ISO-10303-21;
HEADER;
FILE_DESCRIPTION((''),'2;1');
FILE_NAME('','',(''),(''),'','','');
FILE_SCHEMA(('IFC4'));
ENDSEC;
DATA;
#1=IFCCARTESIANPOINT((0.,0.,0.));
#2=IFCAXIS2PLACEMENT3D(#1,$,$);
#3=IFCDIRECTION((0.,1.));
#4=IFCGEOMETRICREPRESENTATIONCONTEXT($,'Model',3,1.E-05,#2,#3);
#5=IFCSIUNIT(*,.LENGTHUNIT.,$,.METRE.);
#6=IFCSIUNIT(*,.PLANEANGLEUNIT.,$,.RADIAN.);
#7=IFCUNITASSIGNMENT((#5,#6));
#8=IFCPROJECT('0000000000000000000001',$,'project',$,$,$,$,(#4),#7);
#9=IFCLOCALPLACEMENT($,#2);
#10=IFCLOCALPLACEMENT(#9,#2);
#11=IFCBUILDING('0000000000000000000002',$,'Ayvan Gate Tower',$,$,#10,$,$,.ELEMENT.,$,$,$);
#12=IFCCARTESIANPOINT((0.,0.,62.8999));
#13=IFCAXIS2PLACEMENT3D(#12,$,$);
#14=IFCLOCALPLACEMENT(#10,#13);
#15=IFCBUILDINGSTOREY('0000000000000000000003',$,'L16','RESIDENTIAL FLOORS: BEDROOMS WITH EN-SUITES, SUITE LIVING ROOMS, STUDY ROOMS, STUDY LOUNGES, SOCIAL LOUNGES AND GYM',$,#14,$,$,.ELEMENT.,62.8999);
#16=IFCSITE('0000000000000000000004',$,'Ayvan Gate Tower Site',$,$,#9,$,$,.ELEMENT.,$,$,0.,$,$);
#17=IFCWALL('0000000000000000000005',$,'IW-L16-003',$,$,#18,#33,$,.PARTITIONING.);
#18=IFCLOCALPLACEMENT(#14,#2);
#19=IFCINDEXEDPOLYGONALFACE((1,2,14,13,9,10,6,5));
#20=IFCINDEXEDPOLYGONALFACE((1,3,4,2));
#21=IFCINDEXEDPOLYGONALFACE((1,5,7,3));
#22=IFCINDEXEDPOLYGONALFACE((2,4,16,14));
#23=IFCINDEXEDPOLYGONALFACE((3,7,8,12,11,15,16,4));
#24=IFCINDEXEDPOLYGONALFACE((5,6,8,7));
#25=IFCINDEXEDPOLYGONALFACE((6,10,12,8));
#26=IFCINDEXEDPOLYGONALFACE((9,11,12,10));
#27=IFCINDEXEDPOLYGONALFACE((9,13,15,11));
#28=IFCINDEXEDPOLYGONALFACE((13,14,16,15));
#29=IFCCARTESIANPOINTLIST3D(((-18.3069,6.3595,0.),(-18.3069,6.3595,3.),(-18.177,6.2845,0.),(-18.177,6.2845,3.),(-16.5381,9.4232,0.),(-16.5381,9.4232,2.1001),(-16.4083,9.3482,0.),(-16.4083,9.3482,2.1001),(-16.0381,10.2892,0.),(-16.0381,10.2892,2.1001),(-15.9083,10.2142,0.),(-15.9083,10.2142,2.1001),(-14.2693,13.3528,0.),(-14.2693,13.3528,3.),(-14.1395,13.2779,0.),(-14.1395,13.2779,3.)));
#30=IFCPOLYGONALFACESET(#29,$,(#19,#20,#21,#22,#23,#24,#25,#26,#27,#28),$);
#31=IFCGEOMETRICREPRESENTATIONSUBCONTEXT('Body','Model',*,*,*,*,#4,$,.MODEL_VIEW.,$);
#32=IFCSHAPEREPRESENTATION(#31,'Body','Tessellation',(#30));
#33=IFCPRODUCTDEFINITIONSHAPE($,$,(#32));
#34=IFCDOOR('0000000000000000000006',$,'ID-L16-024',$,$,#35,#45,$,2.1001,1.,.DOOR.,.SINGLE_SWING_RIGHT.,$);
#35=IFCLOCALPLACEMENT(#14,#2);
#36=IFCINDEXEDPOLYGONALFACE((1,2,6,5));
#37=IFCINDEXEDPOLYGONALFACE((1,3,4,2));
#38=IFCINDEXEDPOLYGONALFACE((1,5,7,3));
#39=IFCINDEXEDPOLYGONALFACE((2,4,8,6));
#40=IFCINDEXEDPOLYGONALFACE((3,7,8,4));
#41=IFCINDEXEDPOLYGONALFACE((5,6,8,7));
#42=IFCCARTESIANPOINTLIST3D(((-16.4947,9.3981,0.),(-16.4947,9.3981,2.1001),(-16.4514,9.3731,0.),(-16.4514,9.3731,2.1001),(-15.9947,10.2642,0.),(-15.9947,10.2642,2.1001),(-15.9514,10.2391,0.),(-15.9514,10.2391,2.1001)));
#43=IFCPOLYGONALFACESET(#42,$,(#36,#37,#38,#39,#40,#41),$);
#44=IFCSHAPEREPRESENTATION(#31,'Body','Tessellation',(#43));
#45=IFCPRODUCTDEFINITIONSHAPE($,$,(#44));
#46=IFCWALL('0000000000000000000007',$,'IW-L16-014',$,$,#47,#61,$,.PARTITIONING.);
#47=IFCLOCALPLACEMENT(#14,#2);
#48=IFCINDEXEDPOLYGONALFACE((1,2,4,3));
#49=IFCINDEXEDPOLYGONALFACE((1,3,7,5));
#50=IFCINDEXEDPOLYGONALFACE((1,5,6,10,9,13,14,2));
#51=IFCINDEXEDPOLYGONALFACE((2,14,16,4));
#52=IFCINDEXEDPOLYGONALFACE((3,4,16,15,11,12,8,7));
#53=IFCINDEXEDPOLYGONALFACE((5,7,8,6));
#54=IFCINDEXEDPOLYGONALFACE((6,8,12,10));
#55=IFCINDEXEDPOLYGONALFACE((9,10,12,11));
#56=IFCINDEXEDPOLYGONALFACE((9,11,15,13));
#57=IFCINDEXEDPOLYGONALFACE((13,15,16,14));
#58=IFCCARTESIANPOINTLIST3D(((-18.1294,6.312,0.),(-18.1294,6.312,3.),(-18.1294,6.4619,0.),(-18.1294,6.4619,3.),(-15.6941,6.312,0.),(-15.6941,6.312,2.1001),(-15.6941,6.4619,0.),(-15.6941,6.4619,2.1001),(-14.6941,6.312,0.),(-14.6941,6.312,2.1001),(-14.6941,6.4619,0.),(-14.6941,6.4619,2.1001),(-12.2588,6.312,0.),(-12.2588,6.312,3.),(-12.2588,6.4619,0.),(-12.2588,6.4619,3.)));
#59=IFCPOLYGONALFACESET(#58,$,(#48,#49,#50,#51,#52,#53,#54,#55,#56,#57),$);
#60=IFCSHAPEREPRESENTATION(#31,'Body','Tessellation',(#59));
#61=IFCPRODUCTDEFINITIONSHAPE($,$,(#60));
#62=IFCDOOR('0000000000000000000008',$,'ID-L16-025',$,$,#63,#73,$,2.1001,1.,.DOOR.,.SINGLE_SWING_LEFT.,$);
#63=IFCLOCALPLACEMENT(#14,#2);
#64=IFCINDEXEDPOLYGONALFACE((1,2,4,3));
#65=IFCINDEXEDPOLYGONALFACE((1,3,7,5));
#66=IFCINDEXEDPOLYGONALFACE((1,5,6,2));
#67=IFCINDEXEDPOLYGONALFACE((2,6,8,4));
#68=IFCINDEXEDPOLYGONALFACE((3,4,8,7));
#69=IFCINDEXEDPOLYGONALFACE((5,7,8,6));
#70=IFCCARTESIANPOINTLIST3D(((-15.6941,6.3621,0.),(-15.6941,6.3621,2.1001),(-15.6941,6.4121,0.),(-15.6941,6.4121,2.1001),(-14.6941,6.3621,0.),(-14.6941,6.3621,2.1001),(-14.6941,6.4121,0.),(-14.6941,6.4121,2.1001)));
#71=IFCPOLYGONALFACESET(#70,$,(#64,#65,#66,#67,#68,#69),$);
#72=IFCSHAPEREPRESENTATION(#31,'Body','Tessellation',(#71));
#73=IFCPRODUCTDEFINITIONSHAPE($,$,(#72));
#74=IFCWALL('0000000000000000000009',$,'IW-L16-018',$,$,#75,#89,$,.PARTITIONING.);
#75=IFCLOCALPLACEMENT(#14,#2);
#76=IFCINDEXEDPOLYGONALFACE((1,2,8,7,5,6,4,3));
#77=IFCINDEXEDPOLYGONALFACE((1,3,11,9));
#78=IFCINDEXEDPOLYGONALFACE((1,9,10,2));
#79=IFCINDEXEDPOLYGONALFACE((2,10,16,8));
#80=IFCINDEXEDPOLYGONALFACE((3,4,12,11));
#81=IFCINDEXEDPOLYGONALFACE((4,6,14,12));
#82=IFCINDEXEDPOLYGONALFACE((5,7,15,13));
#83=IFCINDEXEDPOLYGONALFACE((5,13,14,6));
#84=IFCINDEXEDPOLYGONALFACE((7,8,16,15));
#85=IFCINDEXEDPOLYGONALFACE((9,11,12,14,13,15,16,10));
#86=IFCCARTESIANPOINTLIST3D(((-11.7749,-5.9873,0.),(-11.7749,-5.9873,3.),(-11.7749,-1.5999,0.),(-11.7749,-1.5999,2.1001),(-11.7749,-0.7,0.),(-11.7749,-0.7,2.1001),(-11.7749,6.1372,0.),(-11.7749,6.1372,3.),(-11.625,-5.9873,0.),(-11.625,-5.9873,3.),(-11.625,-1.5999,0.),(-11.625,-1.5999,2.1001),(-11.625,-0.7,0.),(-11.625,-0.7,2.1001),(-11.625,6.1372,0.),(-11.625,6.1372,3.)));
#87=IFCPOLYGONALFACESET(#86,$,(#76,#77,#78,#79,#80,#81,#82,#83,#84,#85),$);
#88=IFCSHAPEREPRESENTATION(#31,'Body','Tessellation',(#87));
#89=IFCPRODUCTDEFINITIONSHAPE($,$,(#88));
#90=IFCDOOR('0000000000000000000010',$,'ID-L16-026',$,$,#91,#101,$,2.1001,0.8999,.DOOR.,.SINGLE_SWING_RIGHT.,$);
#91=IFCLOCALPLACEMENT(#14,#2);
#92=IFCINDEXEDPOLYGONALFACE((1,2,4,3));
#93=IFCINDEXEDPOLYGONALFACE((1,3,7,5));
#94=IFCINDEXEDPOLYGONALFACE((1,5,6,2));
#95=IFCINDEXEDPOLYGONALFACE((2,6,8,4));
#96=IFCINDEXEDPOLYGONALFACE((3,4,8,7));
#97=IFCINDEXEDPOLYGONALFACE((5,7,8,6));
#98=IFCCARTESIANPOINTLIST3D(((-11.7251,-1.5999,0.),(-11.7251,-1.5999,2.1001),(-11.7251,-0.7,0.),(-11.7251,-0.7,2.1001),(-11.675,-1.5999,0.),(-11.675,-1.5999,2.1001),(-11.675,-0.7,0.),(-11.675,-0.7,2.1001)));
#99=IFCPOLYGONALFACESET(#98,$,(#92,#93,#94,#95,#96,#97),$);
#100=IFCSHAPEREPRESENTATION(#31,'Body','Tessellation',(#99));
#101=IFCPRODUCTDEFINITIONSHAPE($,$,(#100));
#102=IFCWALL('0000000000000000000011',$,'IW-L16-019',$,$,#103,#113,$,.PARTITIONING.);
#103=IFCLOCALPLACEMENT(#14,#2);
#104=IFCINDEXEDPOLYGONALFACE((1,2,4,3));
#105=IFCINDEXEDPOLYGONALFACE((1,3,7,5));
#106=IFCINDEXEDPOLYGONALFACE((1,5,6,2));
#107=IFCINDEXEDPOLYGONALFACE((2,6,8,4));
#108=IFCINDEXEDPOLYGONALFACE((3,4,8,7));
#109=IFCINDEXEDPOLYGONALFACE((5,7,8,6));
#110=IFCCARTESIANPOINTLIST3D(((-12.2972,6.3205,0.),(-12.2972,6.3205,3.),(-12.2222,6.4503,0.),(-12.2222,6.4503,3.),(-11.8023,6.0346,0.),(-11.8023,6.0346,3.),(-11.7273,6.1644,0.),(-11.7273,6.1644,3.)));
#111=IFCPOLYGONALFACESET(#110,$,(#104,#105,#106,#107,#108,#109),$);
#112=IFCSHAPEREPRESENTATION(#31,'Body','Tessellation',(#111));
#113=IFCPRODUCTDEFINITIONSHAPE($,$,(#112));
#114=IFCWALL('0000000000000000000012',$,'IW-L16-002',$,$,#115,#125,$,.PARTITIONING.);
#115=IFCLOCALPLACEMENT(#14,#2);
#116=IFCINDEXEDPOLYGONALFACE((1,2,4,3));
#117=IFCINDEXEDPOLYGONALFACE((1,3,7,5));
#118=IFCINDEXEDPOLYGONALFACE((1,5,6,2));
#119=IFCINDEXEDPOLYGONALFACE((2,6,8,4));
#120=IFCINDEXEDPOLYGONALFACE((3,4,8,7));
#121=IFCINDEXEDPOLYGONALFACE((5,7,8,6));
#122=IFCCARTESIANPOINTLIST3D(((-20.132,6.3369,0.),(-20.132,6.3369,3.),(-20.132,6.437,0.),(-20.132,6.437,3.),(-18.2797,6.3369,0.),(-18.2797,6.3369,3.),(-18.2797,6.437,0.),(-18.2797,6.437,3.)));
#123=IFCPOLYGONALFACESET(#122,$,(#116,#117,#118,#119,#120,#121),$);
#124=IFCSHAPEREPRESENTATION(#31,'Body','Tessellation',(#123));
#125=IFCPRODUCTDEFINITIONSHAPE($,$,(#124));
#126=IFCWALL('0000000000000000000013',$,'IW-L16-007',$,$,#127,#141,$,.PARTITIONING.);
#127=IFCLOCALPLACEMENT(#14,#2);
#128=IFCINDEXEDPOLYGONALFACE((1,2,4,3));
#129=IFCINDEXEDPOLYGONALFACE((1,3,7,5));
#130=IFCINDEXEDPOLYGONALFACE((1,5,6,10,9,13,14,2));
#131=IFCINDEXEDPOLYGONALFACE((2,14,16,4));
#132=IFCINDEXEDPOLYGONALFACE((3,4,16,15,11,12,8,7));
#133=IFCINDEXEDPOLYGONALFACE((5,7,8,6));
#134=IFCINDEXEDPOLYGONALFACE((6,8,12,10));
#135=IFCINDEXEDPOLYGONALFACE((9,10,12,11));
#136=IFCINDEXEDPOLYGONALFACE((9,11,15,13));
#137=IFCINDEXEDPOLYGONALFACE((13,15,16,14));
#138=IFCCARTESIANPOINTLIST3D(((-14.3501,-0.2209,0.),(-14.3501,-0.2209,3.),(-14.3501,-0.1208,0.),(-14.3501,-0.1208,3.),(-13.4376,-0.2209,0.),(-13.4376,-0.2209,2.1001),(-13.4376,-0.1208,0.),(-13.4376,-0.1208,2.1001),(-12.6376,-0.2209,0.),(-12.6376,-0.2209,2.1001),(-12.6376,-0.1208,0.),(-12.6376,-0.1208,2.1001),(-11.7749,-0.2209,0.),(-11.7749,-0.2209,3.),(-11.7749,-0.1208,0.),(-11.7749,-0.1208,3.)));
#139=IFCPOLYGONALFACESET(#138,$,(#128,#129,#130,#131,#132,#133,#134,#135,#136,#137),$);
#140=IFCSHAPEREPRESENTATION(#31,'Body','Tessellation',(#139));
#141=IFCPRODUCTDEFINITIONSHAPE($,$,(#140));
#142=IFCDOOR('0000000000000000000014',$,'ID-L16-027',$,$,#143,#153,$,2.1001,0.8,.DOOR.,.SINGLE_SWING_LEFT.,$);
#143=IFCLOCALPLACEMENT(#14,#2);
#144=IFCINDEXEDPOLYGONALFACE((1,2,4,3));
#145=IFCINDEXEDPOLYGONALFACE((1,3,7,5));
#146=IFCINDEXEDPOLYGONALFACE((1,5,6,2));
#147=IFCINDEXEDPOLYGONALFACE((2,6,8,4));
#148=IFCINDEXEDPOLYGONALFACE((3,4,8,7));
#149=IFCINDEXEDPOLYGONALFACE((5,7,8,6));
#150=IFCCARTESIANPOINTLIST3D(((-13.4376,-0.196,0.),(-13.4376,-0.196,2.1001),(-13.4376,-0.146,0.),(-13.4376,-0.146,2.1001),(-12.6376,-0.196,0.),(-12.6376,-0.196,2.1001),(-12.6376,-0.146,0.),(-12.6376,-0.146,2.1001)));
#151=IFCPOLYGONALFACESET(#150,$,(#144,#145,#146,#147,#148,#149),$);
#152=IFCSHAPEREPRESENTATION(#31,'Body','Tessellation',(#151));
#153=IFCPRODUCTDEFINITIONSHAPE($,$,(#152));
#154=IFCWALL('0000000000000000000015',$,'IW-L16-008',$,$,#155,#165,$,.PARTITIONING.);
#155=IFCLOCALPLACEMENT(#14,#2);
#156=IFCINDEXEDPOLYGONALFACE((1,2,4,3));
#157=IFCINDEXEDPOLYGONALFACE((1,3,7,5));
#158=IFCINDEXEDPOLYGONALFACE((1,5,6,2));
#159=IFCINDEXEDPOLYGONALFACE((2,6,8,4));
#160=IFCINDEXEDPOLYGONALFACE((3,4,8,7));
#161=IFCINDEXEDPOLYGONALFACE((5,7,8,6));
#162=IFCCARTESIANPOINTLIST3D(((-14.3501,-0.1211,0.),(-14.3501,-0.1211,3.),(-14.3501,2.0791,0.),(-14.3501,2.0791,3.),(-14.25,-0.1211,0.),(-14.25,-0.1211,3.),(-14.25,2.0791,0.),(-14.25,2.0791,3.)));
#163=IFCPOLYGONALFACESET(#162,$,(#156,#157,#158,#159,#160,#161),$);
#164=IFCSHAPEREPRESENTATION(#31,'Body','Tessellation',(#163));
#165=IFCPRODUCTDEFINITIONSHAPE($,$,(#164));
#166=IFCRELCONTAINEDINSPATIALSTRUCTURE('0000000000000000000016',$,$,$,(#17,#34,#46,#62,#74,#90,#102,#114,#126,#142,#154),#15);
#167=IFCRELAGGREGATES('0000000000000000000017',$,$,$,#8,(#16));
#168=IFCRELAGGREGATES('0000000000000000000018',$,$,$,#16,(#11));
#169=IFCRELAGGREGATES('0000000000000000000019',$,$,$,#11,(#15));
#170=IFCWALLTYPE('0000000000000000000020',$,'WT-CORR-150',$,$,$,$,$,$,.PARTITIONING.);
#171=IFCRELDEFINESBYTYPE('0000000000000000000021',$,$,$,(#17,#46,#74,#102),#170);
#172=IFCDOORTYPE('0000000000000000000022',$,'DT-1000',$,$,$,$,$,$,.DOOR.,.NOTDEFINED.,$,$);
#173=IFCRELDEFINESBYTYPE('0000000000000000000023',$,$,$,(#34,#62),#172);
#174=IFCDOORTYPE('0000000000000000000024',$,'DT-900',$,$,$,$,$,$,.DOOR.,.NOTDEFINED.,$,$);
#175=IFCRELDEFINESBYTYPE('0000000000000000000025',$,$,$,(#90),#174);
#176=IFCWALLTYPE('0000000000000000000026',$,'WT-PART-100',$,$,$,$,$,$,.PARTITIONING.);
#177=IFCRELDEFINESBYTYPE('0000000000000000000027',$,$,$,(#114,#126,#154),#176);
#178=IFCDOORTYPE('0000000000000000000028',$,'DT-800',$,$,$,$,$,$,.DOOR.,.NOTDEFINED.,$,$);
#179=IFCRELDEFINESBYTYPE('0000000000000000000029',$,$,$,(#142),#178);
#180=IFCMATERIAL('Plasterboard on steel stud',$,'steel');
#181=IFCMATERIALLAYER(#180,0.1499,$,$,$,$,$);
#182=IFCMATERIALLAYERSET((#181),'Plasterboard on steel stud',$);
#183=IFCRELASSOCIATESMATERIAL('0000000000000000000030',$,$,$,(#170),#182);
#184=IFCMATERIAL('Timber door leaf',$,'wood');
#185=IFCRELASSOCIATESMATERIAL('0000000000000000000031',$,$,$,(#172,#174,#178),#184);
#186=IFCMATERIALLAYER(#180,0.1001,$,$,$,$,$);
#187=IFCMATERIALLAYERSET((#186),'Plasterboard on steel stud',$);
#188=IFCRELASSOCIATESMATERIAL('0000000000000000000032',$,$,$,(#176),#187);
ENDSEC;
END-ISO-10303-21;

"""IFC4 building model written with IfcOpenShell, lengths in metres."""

from ifc_helpers import new_model, si_unit, direction, frame, frame_2d, origin, place, context, subcontext, project, spatial, rectangle, extrude, material, layer, layer_set, type_object, element, fill, save


model = new_model("IFC4")

# Units and contexts
model_context = context("Model", 3, precision=1e-05, world=origin(), true_north=direction((0.0, 1.0)))
body_context = subcontext(model_context, "Body", "Model", "MODEL_VIEW")
ifc_project = project(units=[si_unit("LENGTHUNIT", "METRE"), si_unit("PLANEANGLEUNIT", "RADIAN")], contexts=[model_context])

# Site, building, storey
site_placement = place(None, origin())
site = spatial("IfcSite", under=ifc_project, at=site_placement, Name="Ayvan Gate Tower Site", CompositionType="ELEMENT", RefElevation=0.0)
building_placement = place(site_placement, origin())
building = spatial("IfcBuilding", under=site, at=building_placement, Name="Ayvan Gate Tower", CompositionType="ELEMENT")
storey_placement = place(building_placement, frame((0.0, 0.0, 62.8999)))
storey = spatial("IfcBuildingStorey", under=building, at=storey_placement, Name="L16", Description="RESIDENTIAL FLOORS: BEDROOMS WITH EN-SUITES, SUITE LIVING ROOMS, STUDY ROOMS, STUDY LOUNGES, SOCIAL LOUNGES AND GYM", CompositionType="ELEMENT", Elevation=62.8999)

# Walls, openings, doors
ifc_material_1 = material(Name="Plasterboard on steel stud", Category="steel")
ifc_layer_1 = layer(ifc_material_1, 0.1499)
ifc_layer_set_1 = layer_set([ifc_layer_1], Name="Plasterboard on steel stud")
wall_type_1 = type_object("IfcWallType", Name="WT-CORR-150", PredefinedType="PARTITIONING", material=ifc_layer_set_1)
wall_1_placement = place(storey_placement, frame((-18.2419, 6.322, 0.0), z_axis=(0.0, 0.0, 1.0), x_axis=(0.499995, 0.866028, 0.0)))
wall_1 = element("IfcWall", 1, at=wall_1_placement, inside=storey, type_object=wall_type_1, Name="IW-L16-003", PredefinedType="PARTITIONING", context=body_context, shape_type="SweptSolid", body=[
    extrude(rectangle(XDim=8.0752, YDim=0.1499, at=frame_2d((4.0376, 0.0))), origin(), (0.0, 0.0, 1.0), 3.0),
])
opening_1_placement = place(wall_1_placement, frame((3.5376, 0.0, 0.0)))
opening_1 = element("IfcOpeningElement", 2, at=opening_1_placement, cuts=wall_1, PredefinedType="OPENING", context=body_context, shape_type="SweptSolid", body=[
    extrude(rectangle(XDim=1.0, YDim=2.1001, at=frame_2d((0.5, 1.05))), frame((0.0, 0.085, 0.0), z_axis=(0.0, -1.0, 0.0), x_axis=(1.0, 0.0, 0.0)), (0.0, 0.0, 1.0), 0.1699),
])
ifc_material_2 = material(Name="Timber door leaf", Category="wood")
door_type_1 = type_object("IfcDoorType", Name="DT-1000", OperationType="NOTDEFINED", PredefinedType="DOOR", material=ifc_material_2)
door_1_placement = place(opening_1_placement, origin())
door_1 = element("IfcDoor", 3, at=door_1_placement, inside=storey, type_object=door_type_1, Name="ID-L16-024", OperationType="SINGLE_SWING_RIGHT", OverallHeight=2.1001, OverallWidth=1.0, PredefinedType="DOOR", context=body_context, shape_type="SweptSolid", body=[
    extrude(rectangle(XDim=1.0, YDim=2.1001, at=frame_2d((0.5, 1.05))), frame((0.0, 0.0249, 0.0), z_axis=(0.0, -1.0, 0.0), x_axis=(1.0, 0.0, 0.0)), (0.0, 0.0, 1.0), 0.05),
])
fill(opening_1, door_1)
wall_2_placement = place(storey_placement, frame((-12.2588, 6.387, 0.0), z_axis=(0.0, 0.0, 1.0), x_axis=(-1.0, 0.0, 0.0)))
wall_2 = element("IfcWall", 4, at=wall_2_placement, inside=storey, type_object=wall_type_1, Name="IW-L16-014", PredefinedType="PARTITIONING", context=body_context, shape_type="SweptSolid", body=[
    extrude(rectangle(XDim=5.8706, YDim=0.1499, at=frame_2d((2.9353, 0.0))), origin(), (0.0, 0.0, 1.0), 3.0),
])
opening_2_placement = place(wall_2_placement, frame((2.4353, 0.0, 0.0)))
opening_2 = element("IfcOpeningElement", 5, at=opening_2_placement, cuts=wall_2, PredefinedType="OPENING", context=body_context, shape_type="SweptSolid", body=[
    extrude(rectangle(XDim=1.0, YDim=2.1001, at=frame_2d((0.5, 1.05))), frame((0.0, 0.085, 0.0), z_axis=(0.0, -1.0, 0.0), x_axis=(1.0, 0.0, 0.0)), (0.0, 0.0, 1.0), 0.1699),
])
door_2_placement = place(opening_2_placement, origin())
door_2 = element("IfcDoor", 6, at=door_2_placement, inside=storey, type_object=door_type_1, Name="ID-L16-025", OperationType="SINGLE_SWING_LEFT", OverallHeight=2.1001, OverallWidth=1.0, PredefinedType="DOOR", context=body_context, shape_type="SweptSolid", body=[
    extrude(rectangle(XDim=1.0, YDim=2.1001, at=frame_2d((0.5, 1.05))), frame((0.0, 0.0249, 0.0), z_axis=(0.0, -1.0, 0.0), x_axis=(1.0, 0.0, 0.0)), (0.0, 0.0, 1.0), 0.05),
])
fill(opening_2, door_2)
wall_3_placement = place(storey_placement, frame((-11.7, 6.1372, 0.0), z_axis=(0.0, 0.0, 1.0), x_axis=(0.0, -1.0, 0.0)))
wall_3 = element("IfcWall", 7, at=wall_3_placement, inside=storey, type_object=wall_type_1, Name="IW-L16-018", PredefinedType="PARTITIONING", context=body_context, shape_type="SweptSolid", body=[
    extrude(rectangle(XDim=12.1245, YDim=0.1499, at=frame_2d((6.0623, 0.0))), origin(), (0.0, 0.0, 1.0), 3.0),
])
opening_3_placement = place(wall_3_placement, frame((6.8372, 0.0, 0.0)))
opening_3 = element("IfcOpeningElement", 8, at=opening_3_placement, cuts=wall_3, PredefinedType="OPENING", context=body_context, shape_type="SweptSolid", body=[
    extrude(rectangle(XDim=0.8999, YDim=2.1001, at=frame_2d((0.45, 1.05))), frame((0.0, 0.085, 0.0), z_axis=(0.0, -1.0, 0.0), x_axis=(1.0, 0.0, 0.0)), (0.0, 0.0, 1.0), 0.1699),
])
door_type_2 = type_object("IfcDoorType", Name="DT-900", OperationType="NOTDEFINED", PredefinedType="DOOR", material=ifc_material_2)
door_3_placement = place(opening_3_placement, origin())
door_3 = element("IfcDoor", 9, at=door_3_placement, inside=storey, type_object=door_type_2, Name="ID-L16-026", OperationType="SINGLE_SWING_RIGHT", OverallHeight=2.1001, OverallWidth=0.8999, PredefinedType="DOOR", context=body_context, shape_type="SweptSolid", body=[
    extrude(rectangle(XDim=0.8999, YDim=2.1001, at=frame_2d((0.45, 1.05))), frame((0.0, 0.0249, 0.0), z_axis=(0.0, -1.0, 0.0), x_axis=(1.0, 0.0, 0.0)), (0.0, 0.0, 1.0), 0.05),
])
fill(opening_3, door_3)

# Walls
wall_4_placement = place(storey_placement, frame((-11.7649, 6.0996, 0.0), z_axis=(0.0, 0.0, 1.0), x_axis=(-0.865894, 0.500228, 0.0)))
element("IfcWall", 10, at=wall_4_placement, inside=storey, type_object=wall_type_1, Name="IW-L16-019", PredefinedType="PARTITIONING", context=body_context, shape_type="SweptSolid", body=[
    extrude(rectangle(XDim=0.5715, YDim=0.1499, at=frame_2d((0.2856, 0.0))), origin(), (0.0, 0.0, 1.0), 3.0),
])
ifc_layer_2 = layer(ifc_material_1, 0.1001)
ifc_layer_set_2 = layer_set([ifc_layer_2], Name="Plasterboard on steel stud")
wall_type_2 = type_object("IfcWallType", Name="WT-PART-100", PredefinedType="PARTITIONING", material=ifc_layer_set_2)
wall_5_placement = place(storey_placement, frame((-18.2795, 6.387, 0.0), z_axis=(0.0, 0.0, 1.0), x_axis=(-1.0, 0.0, 0.0)))
element("IfcWall", 11, at=wall_5_placement, inside=storey, type_object=wall_type_2, Name="IW-L16-002", PredefinedType="PARTITIONING", context=body_context, shape_type="SweptSolid", body=[
    extrude(rectangle(XDim=1.8523, YDim=0.1001, at=frame_2d((0.9263, 0.0))), origin(), (0.0, 0.0, 1.0), 3.0),
])

# Wall, opening, door
wall_6_placement = place(storey_placement, frame((-14.3501, -0.1709, 0.0), z_axis=(0.0, 0.0, 1.0), x_axis=(1.0, 0.0, 0.0)))
wall_6 = element("IfcWall", 12, at=wall_6_placement, inside=storey, type_object=wall_type_2, Name="IW-L16-007", PredefinedType="PARTITIONING", context=body_context, shape_type="SweptSolid", body=[
    extrude(rectangle(XDim=2.5752, YDim=0.1001, at=frame_2d((1.2876, 0.0))), origin(), (0.0, 0.0, 1.0), 3.0),
])
opening_4_placement = place(wall_6_placement, frame((0.9126, 0.0, 0.0)))
opening_4 = element("IfcOpeningElement", 13, at=opening_4_placement, cuts=wall_6, PredefinedType="OPENING", context=body_context, shape_type="SweptSolid", body=[
    extrude(rectangle(XDim=0.8, YDim=2.1001, at=frame_2d((0.3999, 1.05))), frame((0.0, 0.0601, 0.0), z_axis=(0.0, -1.0, 0.0), x_axis=(1.0, 0.0, 0.0)), (0.0, 0.0, 1.0), 0.1201),
])
door_type_3 = type_object("IfcDoorType", Name="DT-800", OperationType="NOTDEFINED", PredefinedType="DOOR", material=ifc_material_2)
door_4_placement = place(opening_4_placement, origin())
door_4 = element("IfcDoor", 14, at=door_4_placement, inside=storey, type_object=door_type_3, Name="ID-L16-027", OperationType="SINGLE_SWING_LEFT", OverallHeight=2.1001, OverallWidth=0.8, PredefinedType="DOOR", context=body_context, shape_type="SweptSolid", body=[
    extrude(rectangle(XDim=0.8, YDim=2.1001, at=frame_2d((0.3999, 1.05))), frame((0.0, 0.0249, 0.0), z_axis=(0.0, -1.0, 0.0), x_axis=(1.0, 0.0, 0.0)), (0.0, 0.0, 1.0), 0.05),
])
fill(opening_4, door_4)

# Wall
wall_7_placement = place(storey_placement, frame((-14.3, 2.0791, 0.0), z_axis=(0.0, 0.0, 1.0), x_axis=(0.0, -1.0, 0.0)))
element("IfcWall", 15, at=wall_7_placement, inside=storey, type_object=wall_type_2, Name="IW-L16-008", PredefinedType="PARTITIONING", context=body_context, shape_type="SweptSolid", body=[
    extrude(rectangle(XDim=2.2002, YDim=0.1001, at=frame_2d((1.1001, 0.0))), origin(), (0.0, 0.0, 1.0), 3.0),
])

save(model, "model.ifc")
